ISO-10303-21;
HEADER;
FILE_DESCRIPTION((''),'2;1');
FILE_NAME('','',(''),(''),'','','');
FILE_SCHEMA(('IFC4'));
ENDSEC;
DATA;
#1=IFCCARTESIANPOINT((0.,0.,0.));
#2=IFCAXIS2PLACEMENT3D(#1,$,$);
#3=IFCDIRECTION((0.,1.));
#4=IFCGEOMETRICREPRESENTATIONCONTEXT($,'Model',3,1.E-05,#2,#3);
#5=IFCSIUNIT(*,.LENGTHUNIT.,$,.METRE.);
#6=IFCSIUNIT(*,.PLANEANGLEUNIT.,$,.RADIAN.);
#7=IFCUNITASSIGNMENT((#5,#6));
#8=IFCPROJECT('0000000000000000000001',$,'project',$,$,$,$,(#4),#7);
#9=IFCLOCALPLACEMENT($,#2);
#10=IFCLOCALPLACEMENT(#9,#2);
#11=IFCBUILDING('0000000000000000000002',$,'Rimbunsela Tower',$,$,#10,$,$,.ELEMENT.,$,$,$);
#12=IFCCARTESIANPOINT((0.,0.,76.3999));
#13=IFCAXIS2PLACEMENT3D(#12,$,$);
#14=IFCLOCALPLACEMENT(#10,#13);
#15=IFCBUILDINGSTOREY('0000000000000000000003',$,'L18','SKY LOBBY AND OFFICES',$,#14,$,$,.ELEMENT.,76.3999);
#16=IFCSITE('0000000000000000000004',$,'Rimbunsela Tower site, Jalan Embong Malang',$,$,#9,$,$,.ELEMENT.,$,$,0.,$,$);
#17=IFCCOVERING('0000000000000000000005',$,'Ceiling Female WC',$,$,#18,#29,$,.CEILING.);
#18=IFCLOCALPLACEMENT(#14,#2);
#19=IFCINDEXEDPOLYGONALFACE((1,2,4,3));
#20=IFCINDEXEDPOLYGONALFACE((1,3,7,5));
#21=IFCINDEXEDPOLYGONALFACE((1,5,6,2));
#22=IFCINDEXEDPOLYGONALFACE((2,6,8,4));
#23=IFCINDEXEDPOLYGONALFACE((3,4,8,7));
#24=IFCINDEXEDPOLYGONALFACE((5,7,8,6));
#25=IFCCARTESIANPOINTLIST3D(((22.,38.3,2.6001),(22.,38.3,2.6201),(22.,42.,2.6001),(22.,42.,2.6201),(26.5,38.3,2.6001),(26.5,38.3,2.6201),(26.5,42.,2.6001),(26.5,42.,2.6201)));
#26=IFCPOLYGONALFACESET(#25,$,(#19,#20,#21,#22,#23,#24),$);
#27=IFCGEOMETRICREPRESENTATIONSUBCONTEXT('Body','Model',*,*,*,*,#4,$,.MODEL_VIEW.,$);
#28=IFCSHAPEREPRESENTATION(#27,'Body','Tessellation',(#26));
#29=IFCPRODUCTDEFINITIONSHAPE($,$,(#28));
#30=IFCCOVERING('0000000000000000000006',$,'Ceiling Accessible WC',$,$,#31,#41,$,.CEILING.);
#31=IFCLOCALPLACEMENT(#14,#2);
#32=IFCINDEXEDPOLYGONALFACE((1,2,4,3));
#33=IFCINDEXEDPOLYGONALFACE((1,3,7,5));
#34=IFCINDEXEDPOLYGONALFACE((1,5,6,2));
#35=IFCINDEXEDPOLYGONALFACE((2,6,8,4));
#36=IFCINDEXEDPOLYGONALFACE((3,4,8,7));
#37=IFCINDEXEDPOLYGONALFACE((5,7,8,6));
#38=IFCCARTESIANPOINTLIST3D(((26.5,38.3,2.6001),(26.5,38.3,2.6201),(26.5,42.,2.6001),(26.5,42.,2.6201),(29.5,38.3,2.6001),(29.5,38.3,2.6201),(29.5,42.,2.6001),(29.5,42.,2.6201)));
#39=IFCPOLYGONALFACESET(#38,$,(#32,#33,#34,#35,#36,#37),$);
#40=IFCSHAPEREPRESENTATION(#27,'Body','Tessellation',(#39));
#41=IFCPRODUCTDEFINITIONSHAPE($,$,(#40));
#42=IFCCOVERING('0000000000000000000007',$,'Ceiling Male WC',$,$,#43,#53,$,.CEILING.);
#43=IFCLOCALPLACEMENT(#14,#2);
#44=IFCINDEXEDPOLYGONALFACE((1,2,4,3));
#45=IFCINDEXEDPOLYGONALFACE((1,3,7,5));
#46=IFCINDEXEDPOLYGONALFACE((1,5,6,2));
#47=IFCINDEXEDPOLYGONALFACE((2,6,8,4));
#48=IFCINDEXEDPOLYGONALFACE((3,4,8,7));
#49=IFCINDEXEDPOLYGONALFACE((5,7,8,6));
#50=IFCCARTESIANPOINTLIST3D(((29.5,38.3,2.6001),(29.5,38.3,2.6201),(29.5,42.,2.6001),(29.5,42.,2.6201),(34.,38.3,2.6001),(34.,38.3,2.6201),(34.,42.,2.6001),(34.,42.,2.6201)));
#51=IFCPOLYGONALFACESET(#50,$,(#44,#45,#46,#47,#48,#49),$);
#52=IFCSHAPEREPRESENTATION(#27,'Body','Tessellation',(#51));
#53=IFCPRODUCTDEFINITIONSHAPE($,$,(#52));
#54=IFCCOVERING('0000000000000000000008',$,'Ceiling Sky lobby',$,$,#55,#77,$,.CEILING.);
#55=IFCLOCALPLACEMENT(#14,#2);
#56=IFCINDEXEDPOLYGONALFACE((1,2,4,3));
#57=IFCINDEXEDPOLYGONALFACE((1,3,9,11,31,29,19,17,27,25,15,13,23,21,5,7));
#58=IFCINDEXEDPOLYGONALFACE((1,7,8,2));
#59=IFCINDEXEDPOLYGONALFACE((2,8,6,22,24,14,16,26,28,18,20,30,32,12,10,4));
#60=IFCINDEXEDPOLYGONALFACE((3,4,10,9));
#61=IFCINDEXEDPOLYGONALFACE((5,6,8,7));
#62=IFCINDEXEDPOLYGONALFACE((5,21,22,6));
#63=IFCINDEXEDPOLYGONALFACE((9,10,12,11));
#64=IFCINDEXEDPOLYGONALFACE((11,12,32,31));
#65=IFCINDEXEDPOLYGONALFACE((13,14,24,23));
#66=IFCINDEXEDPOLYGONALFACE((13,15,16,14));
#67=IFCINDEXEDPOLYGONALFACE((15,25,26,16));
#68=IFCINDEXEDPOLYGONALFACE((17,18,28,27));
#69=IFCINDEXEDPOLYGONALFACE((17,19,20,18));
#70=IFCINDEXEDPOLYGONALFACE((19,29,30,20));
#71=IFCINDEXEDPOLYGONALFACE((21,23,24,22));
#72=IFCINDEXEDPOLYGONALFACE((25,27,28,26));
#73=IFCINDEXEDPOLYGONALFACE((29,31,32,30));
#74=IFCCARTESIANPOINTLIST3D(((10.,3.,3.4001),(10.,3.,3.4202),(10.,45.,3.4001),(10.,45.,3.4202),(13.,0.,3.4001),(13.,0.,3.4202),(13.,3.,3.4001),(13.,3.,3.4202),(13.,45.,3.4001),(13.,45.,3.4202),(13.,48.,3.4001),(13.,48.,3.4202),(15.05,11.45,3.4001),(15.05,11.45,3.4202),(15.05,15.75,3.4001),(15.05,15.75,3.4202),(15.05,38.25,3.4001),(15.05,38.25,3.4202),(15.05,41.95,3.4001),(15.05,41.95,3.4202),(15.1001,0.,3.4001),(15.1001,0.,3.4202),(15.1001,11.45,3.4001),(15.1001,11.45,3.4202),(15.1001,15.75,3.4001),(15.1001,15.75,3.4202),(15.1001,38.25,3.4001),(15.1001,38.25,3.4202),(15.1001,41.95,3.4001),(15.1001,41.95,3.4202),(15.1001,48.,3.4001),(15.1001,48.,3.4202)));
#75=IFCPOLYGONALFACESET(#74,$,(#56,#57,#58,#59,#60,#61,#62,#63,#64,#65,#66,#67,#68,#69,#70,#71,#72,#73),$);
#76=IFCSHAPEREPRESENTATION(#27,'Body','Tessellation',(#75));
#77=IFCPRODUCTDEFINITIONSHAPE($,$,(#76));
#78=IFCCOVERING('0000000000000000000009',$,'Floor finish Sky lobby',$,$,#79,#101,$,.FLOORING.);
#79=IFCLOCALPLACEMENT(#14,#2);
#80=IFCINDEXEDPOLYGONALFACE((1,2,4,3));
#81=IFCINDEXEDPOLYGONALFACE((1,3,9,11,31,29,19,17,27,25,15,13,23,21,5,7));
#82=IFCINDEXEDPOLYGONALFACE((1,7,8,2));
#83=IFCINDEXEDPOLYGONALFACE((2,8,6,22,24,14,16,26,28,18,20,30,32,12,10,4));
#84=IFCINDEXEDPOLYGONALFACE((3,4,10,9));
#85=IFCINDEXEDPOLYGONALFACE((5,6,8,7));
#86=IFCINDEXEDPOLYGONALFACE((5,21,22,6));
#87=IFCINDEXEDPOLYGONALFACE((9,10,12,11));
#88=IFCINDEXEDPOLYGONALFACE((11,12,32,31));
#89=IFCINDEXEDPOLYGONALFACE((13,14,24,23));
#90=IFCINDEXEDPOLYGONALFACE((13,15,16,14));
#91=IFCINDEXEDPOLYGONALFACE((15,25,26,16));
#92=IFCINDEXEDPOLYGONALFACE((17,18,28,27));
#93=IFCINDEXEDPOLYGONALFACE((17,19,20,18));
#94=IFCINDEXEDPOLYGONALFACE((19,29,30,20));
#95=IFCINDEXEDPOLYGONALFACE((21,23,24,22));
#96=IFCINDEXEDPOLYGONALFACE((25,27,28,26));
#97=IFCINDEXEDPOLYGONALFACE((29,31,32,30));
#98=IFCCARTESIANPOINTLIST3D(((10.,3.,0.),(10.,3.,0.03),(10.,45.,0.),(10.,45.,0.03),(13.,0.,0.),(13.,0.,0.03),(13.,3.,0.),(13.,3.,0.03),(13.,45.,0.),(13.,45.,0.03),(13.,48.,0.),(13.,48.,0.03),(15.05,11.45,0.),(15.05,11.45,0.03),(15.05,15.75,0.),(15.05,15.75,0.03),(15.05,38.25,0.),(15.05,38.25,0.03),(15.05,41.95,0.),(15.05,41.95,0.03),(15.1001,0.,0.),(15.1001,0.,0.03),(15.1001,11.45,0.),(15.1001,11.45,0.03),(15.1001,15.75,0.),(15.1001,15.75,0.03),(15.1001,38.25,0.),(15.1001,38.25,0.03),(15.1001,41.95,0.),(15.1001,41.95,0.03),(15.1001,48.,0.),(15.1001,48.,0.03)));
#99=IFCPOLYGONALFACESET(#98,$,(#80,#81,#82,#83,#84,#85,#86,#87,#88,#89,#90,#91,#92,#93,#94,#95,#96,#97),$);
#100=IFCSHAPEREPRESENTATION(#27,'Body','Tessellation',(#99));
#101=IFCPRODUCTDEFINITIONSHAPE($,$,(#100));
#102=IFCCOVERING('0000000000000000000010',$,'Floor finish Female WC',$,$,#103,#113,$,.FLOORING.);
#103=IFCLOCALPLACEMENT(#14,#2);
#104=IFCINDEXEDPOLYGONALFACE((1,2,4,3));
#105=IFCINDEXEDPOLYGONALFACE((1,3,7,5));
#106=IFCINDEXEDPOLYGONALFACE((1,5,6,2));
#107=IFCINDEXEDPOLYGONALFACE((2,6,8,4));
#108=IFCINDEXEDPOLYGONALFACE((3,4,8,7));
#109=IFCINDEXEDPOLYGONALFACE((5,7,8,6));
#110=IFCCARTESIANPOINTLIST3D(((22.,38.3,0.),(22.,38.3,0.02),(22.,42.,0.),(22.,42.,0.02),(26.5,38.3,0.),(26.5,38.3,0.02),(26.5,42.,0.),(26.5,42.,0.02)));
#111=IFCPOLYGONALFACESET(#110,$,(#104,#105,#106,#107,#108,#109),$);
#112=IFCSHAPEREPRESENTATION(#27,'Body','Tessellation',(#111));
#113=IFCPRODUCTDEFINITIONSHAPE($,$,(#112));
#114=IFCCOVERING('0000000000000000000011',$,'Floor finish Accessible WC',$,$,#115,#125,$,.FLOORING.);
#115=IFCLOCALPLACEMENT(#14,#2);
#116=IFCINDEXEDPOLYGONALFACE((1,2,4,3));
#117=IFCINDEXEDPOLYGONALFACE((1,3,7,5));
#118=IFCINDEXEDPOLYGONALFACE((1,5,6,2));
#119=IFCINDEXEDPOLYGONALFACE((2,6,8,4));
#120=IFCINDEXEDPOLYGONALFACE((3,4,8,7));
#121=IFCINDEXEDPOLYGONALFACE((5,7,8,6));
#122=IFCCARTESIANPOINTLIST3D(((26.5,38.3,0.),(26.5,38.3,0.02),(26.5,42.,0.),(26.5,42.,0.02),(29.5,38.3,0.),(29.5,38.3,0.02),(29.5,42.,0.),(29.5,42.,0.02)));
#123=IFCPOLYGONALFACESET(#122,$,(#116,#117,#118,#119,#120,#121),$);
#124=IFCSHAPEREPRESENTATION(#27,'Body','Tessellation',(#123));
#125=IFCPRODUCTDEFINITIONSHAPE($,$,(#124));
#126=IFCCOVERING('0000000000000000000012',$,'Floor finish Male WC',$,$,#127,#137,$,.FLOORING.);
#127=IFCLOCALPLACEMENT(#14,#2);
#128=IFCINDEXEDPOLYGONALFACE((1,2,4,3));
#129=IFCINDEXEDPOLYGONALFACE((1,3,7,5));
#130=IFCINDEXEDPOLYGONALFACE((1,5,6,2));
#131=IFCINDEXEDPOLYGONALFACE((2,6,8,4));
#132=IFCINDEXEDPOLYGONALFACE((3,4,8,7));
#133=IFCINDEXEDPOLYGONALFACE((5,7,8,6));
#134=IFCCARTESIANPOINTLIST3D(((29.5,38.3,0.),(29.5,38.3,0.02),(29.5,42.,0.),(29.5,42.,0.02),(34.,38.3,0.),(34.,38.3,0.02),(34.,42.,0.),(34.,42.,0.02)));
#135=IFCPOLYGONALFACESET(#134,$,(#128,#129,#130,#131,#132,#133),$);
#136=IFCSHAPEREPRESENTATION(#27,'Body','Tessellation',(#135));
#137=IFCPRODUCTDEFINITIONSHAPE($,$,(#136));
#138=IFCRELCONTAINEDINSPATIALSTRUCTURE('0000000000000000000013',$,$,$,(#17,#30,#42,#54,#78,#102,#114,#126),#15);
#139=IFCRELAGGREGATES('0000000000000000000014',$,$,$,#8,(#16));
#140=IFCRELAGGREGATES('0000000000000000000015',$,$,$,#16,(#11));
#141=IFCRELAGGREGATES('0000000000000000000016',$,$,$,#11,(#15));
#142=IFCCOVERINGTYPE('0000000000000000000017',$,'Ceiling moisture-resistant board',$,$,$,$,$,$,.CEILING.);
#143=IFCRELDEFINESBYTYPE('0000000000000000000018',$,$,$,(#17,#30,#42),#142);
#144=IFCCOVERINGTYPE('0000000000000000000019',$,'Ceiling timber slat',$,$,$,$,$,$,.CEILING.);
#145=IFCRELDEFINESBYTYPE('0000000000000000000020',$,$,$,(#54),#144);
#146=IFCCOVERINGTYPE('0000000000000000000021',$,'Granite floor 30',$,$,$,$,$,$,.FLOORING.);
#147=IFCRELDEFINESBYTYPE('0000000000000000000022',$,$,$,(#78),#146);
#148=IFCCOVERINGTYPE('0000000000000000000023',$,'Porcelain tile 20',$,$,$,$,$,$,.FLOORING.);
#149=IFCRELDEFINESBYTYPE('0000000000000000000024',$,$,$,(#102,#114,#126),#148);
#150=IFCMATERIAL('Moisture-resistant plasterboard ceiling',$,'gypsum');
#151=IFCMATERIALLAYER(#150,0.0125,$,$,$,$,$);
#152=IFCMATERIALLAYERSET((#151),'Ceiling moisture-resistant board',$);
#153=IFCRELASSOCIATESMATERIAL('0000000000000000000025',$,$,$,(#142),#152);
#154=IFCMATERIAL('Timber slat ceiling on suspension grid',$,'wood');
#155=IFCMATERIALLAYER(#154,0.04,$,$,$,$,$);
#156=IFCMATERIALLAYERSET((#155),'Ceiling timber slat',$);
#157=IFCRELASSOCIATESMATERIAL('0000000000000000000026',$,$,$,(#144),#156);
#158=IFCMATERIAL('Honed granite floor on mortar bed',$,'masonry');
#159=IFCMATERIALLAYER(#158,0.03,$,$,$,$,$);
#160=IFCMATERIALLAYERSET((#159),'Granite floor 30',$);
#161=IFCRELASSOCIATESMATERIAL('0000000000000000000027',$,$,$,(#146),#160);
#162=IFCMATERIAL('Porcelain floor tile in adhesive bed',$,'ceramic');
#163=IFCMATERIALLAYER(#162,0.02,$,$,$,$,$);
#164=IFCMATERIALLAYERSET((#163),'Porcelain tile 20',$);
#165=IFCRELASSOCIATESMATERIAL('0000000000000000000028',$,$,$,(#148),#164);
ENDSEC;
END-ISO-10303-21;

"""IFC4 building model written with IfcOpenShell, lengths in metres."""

from ifc_helpers import new_model, si_unit, direction, frame, origin, place, context, subcontext, project, spatial, polyline, outline, extrude, material, layer, layer_set, type_object, element, save


model = new_model("IFC4")

# Units and contexts
model_context = context("Model", 3, precision=1e-05, world=origin(), true_north=direction((0.0, 1.0)))
body_context = subcontext(model_context, "Body", "Model", "MODEL_VIEW")
ifc_project = project(units=[si_unit("LENGTHUNIT", "METRE"), si_unit("PLANEANGLEUNIT", "RADIAN")], contexts=[model_context])

# Site, building, storey
site_placement = place(None, origin())
site = spatial("IfcSite", under=ifc_project, at=site_placement, Name="Rimbunsela Tower site, Jalan Embong Malang", CompositionType="ELEMENT", RefElevation=0.0)
building_placement = place(site_placement, origin())
building = spatial("IfcBuilding", under=site, at=building_placement, Name="Rimbunsela Tower", CompositionType="ELEMENT")
storey_placement = place(building_placement, frame((0.0, 0.0, 76.3999)))
storey = spatial("IfcBuildingStorey", under=building, at=storey_placement, Name="L18", Description="SKY LOBBY AND OFFICES", CompositionType="ELEMENT", Elevation=76.3999)

# Coverings
ifc_material_1 = material(Name="Moisture-resistant plasterboard ceiling", Category="gypsum")
ifc_layer_1 = layer(ifc_material_1, 0.0125)
ifc_layer_set_1 = layer_set([ifc_layer_1], Name="Ceiling moisture-resistant board")
covering_type_1 = type_object("IfcCoveringType", Name="Ceiling moisture-resistant board", PredefinedType="CEILING", material=ifc_layer_set_1)
covering_1_placement = place(storey_placement, frame((0.0, 0.0, 2.6001)))
element("IfcCovering", 1, at=covering_1_placement, inside=storey, type_object=covering_type_1, Name="Ceiling Female WC", PredefinedType="CEILING", context=body_context, shape_type="SweptSolid", body=[
    extrude(outline(polyline([(26.5, 38.3), (26.5, 42.0), (22.0, 42.0), (22.0, 38.3), (26.5, 38.3)])), origin(), (0.0, 0.0, 1.0), 0.02),
])
covering_2_placement = place(storey_placement, frame((0.0, 0.0, 2.6001)))
element("IfcCovering", 2, at=covering_2_placement, inside=storey, type_object=covering_type_1, Name="Ceiling Accessible WC", PredefinedType="CEILING", context=body_context, shape_type="SweptSolid", body=[
    extrude(outline(polyline([(29.5, 38.3), (29.5, 42.0), (26.5, 42.0), (26.5, 38.3), (29.5, 38.3)])), origin(), (0.0, 0.0, 1.0), 0.02),
])
covering_3_placement = place(storey_placement, frame((0.0, 0.0, 2.6001)))
element("IfcCovering", 3, at=covering_3_placement, inside=storey, type_object=covering_type_1, Name="Ceiling Male WC", PredefinedType="CEILING", context=body_context, shape_type="SweptSolid", body=[
    extrude(outline(polyline([(34.0, 38.3), (34.0, 42.0), (29.5, 42.0), (29.5, 38.3), (34.0, 38.3)])), origin(), (0.0, 0.0, 1.0), 0.02),
])
ifc_material_2 = material(Name="Timber slat ceiling on suspension grid", Category="wood")
ifc_layer_2 = layer(ifc_material_2, 0.04)
ifc_layer_set_2 = layer_set([ifc_layer_2], Name="Ceiling timber slat")
covering_type_2 = type_object("IfcCoveringType", Name="Ceiling timber slat", PredefinedType="CEILING", material=ifc_layer_set_2)
covering_4_placement = place(storey_placement, frame((0.0, 0.0, 3.4001)))
element("IfcCovering", 4, at=covering_4_placement, inside=storey, type_object=covering_type_2, Name="Ceiling Sky lobby", PredefinedType="CEILING", context=body_context, shape_type="SweptSolid", body=[
    extrude(outline(polyline([(15.1001, 48.0), (15.1001, 41.95), (15.05, 41.95), (15.05, 38.25), (15.1001, 38.25), (15.1001, 15.75), (15.05, 15.75), (15.05, 11.45), (15.1001, 11.45), (15.1001, 0.0), (13.0, 0.0), (13.0, 3.0), (10.0, 3.0), (10.0, 45.0), (13.0, 45.0), (13.0, 48.0), (15.1001, 48.0)])), origin(), (0.0, 0.0, 1.0), 0.02),
])
ifc_material_3 = material(Name="Honed granite floor on mortar bed", Category="masonry")
ifc_layer_3 = layer(ifc_material_3, 0.03)
ifc_layer_set_3 = layer_set([ifc_layer_3], Name="Granite floor 30")
covering_type_3 = type_object("IfcCoveringType", Name="Granite floor 30", PredefinedType="FLOORING", material=ifc_layer_set_3)
covering_5_placement = place(storey_placement, origin())
element("IfcCovering", 5, at=covering_5_placement, inside=storey, type_object=covering_type_3, Name="Floor finish Sky lobby", PredefinedType="FLOORING", context=body_context, shape_type="SweptSolid", body=[
    extrude(outline(polyline([(15.1001, 48.0), (15.1001, 41.95), (15.05, 41.95), (15.05, 38.25), (15.1001, 38.25), (15.1001, 15.75), (15.05, 15.75), (15.05, 11.45), (15.1001, 11.45), (15.1001, 0.0), (13.0, 0.0), (13.0, 3.0), (10.0, 3.0), (10.0, 45.0), (13.0, 45.0), (13.0, 48.0), (15.1001, 48.0)])), origin(), (0.0, 0.0, 1.0), 0.03),
])
ifc_material_4 = material(Name="Porcelain floor tile in adhesive bed", Category="ceramic")
ifc_layer_4 = layer(ifc_material_4, 0.02)
ifc_layer_set_4 = layer_set([ifc_layer_4], Name="Porcelain tile 20")
covering_type_4 = type_object("IfcCoveringType", Name="Porcelain tile 20", PredefinedType="FLOORING", material=ifc_layer_set_4)
covering_6_placement = place(storey_placement, origin())
element("IfcCovering", 6, at=covering_6_placement, inside=storey, type_object=covering_type_4, Name="Floor finish Female WC", PredefinedType="FLOORING", context=body_context, shape_type="SweptSolid", body=[
    extrude(outline(polyline([(26.5, 38.3), (26.5, 42.0), (22.0, 42.0), (22.0, 38.3), (26.5, 38.3)])), origin(), (0.0, 0.0, 1.0), 0.02),
])
covering_7_placement = place(storey_placement, origin())
element("IfcCovering", 7, at=covering_7_placement, inside=storey, type_object=covering_type_4, Name="Floor finish Accessible WC", PredefinedType="FLOORING", context=body_context, shape_type="SweptSolid", body=[
    extrude(outline(polyline([(29.5, 38.3), (29.5, 42.0), (26.5, 42.0), (26.5, 38.3), (29.5, 38.3)])), origin(), (0.0, 0.0, 1.0), 0.02),
])
covering_8_placement = place(storey_placement, origin())
element("IfcCovering", 8, at=covering_8_placement, inside=storey, type_object=covering_type_4, Name="Floor finish Male WC", PredefinedType="FLOORING", context=body_context, shape_type="SweptSolid", body=[
    extrude(outline(polyline([(34.0, 38.3), (34.0, 42.0), (29.5, 42.0), (29.5, 38.3), (34.0, 38.3)])), origin(), (0.0, 0.0, 1.0), 0.02),
])

save(model, "model.ifc")
